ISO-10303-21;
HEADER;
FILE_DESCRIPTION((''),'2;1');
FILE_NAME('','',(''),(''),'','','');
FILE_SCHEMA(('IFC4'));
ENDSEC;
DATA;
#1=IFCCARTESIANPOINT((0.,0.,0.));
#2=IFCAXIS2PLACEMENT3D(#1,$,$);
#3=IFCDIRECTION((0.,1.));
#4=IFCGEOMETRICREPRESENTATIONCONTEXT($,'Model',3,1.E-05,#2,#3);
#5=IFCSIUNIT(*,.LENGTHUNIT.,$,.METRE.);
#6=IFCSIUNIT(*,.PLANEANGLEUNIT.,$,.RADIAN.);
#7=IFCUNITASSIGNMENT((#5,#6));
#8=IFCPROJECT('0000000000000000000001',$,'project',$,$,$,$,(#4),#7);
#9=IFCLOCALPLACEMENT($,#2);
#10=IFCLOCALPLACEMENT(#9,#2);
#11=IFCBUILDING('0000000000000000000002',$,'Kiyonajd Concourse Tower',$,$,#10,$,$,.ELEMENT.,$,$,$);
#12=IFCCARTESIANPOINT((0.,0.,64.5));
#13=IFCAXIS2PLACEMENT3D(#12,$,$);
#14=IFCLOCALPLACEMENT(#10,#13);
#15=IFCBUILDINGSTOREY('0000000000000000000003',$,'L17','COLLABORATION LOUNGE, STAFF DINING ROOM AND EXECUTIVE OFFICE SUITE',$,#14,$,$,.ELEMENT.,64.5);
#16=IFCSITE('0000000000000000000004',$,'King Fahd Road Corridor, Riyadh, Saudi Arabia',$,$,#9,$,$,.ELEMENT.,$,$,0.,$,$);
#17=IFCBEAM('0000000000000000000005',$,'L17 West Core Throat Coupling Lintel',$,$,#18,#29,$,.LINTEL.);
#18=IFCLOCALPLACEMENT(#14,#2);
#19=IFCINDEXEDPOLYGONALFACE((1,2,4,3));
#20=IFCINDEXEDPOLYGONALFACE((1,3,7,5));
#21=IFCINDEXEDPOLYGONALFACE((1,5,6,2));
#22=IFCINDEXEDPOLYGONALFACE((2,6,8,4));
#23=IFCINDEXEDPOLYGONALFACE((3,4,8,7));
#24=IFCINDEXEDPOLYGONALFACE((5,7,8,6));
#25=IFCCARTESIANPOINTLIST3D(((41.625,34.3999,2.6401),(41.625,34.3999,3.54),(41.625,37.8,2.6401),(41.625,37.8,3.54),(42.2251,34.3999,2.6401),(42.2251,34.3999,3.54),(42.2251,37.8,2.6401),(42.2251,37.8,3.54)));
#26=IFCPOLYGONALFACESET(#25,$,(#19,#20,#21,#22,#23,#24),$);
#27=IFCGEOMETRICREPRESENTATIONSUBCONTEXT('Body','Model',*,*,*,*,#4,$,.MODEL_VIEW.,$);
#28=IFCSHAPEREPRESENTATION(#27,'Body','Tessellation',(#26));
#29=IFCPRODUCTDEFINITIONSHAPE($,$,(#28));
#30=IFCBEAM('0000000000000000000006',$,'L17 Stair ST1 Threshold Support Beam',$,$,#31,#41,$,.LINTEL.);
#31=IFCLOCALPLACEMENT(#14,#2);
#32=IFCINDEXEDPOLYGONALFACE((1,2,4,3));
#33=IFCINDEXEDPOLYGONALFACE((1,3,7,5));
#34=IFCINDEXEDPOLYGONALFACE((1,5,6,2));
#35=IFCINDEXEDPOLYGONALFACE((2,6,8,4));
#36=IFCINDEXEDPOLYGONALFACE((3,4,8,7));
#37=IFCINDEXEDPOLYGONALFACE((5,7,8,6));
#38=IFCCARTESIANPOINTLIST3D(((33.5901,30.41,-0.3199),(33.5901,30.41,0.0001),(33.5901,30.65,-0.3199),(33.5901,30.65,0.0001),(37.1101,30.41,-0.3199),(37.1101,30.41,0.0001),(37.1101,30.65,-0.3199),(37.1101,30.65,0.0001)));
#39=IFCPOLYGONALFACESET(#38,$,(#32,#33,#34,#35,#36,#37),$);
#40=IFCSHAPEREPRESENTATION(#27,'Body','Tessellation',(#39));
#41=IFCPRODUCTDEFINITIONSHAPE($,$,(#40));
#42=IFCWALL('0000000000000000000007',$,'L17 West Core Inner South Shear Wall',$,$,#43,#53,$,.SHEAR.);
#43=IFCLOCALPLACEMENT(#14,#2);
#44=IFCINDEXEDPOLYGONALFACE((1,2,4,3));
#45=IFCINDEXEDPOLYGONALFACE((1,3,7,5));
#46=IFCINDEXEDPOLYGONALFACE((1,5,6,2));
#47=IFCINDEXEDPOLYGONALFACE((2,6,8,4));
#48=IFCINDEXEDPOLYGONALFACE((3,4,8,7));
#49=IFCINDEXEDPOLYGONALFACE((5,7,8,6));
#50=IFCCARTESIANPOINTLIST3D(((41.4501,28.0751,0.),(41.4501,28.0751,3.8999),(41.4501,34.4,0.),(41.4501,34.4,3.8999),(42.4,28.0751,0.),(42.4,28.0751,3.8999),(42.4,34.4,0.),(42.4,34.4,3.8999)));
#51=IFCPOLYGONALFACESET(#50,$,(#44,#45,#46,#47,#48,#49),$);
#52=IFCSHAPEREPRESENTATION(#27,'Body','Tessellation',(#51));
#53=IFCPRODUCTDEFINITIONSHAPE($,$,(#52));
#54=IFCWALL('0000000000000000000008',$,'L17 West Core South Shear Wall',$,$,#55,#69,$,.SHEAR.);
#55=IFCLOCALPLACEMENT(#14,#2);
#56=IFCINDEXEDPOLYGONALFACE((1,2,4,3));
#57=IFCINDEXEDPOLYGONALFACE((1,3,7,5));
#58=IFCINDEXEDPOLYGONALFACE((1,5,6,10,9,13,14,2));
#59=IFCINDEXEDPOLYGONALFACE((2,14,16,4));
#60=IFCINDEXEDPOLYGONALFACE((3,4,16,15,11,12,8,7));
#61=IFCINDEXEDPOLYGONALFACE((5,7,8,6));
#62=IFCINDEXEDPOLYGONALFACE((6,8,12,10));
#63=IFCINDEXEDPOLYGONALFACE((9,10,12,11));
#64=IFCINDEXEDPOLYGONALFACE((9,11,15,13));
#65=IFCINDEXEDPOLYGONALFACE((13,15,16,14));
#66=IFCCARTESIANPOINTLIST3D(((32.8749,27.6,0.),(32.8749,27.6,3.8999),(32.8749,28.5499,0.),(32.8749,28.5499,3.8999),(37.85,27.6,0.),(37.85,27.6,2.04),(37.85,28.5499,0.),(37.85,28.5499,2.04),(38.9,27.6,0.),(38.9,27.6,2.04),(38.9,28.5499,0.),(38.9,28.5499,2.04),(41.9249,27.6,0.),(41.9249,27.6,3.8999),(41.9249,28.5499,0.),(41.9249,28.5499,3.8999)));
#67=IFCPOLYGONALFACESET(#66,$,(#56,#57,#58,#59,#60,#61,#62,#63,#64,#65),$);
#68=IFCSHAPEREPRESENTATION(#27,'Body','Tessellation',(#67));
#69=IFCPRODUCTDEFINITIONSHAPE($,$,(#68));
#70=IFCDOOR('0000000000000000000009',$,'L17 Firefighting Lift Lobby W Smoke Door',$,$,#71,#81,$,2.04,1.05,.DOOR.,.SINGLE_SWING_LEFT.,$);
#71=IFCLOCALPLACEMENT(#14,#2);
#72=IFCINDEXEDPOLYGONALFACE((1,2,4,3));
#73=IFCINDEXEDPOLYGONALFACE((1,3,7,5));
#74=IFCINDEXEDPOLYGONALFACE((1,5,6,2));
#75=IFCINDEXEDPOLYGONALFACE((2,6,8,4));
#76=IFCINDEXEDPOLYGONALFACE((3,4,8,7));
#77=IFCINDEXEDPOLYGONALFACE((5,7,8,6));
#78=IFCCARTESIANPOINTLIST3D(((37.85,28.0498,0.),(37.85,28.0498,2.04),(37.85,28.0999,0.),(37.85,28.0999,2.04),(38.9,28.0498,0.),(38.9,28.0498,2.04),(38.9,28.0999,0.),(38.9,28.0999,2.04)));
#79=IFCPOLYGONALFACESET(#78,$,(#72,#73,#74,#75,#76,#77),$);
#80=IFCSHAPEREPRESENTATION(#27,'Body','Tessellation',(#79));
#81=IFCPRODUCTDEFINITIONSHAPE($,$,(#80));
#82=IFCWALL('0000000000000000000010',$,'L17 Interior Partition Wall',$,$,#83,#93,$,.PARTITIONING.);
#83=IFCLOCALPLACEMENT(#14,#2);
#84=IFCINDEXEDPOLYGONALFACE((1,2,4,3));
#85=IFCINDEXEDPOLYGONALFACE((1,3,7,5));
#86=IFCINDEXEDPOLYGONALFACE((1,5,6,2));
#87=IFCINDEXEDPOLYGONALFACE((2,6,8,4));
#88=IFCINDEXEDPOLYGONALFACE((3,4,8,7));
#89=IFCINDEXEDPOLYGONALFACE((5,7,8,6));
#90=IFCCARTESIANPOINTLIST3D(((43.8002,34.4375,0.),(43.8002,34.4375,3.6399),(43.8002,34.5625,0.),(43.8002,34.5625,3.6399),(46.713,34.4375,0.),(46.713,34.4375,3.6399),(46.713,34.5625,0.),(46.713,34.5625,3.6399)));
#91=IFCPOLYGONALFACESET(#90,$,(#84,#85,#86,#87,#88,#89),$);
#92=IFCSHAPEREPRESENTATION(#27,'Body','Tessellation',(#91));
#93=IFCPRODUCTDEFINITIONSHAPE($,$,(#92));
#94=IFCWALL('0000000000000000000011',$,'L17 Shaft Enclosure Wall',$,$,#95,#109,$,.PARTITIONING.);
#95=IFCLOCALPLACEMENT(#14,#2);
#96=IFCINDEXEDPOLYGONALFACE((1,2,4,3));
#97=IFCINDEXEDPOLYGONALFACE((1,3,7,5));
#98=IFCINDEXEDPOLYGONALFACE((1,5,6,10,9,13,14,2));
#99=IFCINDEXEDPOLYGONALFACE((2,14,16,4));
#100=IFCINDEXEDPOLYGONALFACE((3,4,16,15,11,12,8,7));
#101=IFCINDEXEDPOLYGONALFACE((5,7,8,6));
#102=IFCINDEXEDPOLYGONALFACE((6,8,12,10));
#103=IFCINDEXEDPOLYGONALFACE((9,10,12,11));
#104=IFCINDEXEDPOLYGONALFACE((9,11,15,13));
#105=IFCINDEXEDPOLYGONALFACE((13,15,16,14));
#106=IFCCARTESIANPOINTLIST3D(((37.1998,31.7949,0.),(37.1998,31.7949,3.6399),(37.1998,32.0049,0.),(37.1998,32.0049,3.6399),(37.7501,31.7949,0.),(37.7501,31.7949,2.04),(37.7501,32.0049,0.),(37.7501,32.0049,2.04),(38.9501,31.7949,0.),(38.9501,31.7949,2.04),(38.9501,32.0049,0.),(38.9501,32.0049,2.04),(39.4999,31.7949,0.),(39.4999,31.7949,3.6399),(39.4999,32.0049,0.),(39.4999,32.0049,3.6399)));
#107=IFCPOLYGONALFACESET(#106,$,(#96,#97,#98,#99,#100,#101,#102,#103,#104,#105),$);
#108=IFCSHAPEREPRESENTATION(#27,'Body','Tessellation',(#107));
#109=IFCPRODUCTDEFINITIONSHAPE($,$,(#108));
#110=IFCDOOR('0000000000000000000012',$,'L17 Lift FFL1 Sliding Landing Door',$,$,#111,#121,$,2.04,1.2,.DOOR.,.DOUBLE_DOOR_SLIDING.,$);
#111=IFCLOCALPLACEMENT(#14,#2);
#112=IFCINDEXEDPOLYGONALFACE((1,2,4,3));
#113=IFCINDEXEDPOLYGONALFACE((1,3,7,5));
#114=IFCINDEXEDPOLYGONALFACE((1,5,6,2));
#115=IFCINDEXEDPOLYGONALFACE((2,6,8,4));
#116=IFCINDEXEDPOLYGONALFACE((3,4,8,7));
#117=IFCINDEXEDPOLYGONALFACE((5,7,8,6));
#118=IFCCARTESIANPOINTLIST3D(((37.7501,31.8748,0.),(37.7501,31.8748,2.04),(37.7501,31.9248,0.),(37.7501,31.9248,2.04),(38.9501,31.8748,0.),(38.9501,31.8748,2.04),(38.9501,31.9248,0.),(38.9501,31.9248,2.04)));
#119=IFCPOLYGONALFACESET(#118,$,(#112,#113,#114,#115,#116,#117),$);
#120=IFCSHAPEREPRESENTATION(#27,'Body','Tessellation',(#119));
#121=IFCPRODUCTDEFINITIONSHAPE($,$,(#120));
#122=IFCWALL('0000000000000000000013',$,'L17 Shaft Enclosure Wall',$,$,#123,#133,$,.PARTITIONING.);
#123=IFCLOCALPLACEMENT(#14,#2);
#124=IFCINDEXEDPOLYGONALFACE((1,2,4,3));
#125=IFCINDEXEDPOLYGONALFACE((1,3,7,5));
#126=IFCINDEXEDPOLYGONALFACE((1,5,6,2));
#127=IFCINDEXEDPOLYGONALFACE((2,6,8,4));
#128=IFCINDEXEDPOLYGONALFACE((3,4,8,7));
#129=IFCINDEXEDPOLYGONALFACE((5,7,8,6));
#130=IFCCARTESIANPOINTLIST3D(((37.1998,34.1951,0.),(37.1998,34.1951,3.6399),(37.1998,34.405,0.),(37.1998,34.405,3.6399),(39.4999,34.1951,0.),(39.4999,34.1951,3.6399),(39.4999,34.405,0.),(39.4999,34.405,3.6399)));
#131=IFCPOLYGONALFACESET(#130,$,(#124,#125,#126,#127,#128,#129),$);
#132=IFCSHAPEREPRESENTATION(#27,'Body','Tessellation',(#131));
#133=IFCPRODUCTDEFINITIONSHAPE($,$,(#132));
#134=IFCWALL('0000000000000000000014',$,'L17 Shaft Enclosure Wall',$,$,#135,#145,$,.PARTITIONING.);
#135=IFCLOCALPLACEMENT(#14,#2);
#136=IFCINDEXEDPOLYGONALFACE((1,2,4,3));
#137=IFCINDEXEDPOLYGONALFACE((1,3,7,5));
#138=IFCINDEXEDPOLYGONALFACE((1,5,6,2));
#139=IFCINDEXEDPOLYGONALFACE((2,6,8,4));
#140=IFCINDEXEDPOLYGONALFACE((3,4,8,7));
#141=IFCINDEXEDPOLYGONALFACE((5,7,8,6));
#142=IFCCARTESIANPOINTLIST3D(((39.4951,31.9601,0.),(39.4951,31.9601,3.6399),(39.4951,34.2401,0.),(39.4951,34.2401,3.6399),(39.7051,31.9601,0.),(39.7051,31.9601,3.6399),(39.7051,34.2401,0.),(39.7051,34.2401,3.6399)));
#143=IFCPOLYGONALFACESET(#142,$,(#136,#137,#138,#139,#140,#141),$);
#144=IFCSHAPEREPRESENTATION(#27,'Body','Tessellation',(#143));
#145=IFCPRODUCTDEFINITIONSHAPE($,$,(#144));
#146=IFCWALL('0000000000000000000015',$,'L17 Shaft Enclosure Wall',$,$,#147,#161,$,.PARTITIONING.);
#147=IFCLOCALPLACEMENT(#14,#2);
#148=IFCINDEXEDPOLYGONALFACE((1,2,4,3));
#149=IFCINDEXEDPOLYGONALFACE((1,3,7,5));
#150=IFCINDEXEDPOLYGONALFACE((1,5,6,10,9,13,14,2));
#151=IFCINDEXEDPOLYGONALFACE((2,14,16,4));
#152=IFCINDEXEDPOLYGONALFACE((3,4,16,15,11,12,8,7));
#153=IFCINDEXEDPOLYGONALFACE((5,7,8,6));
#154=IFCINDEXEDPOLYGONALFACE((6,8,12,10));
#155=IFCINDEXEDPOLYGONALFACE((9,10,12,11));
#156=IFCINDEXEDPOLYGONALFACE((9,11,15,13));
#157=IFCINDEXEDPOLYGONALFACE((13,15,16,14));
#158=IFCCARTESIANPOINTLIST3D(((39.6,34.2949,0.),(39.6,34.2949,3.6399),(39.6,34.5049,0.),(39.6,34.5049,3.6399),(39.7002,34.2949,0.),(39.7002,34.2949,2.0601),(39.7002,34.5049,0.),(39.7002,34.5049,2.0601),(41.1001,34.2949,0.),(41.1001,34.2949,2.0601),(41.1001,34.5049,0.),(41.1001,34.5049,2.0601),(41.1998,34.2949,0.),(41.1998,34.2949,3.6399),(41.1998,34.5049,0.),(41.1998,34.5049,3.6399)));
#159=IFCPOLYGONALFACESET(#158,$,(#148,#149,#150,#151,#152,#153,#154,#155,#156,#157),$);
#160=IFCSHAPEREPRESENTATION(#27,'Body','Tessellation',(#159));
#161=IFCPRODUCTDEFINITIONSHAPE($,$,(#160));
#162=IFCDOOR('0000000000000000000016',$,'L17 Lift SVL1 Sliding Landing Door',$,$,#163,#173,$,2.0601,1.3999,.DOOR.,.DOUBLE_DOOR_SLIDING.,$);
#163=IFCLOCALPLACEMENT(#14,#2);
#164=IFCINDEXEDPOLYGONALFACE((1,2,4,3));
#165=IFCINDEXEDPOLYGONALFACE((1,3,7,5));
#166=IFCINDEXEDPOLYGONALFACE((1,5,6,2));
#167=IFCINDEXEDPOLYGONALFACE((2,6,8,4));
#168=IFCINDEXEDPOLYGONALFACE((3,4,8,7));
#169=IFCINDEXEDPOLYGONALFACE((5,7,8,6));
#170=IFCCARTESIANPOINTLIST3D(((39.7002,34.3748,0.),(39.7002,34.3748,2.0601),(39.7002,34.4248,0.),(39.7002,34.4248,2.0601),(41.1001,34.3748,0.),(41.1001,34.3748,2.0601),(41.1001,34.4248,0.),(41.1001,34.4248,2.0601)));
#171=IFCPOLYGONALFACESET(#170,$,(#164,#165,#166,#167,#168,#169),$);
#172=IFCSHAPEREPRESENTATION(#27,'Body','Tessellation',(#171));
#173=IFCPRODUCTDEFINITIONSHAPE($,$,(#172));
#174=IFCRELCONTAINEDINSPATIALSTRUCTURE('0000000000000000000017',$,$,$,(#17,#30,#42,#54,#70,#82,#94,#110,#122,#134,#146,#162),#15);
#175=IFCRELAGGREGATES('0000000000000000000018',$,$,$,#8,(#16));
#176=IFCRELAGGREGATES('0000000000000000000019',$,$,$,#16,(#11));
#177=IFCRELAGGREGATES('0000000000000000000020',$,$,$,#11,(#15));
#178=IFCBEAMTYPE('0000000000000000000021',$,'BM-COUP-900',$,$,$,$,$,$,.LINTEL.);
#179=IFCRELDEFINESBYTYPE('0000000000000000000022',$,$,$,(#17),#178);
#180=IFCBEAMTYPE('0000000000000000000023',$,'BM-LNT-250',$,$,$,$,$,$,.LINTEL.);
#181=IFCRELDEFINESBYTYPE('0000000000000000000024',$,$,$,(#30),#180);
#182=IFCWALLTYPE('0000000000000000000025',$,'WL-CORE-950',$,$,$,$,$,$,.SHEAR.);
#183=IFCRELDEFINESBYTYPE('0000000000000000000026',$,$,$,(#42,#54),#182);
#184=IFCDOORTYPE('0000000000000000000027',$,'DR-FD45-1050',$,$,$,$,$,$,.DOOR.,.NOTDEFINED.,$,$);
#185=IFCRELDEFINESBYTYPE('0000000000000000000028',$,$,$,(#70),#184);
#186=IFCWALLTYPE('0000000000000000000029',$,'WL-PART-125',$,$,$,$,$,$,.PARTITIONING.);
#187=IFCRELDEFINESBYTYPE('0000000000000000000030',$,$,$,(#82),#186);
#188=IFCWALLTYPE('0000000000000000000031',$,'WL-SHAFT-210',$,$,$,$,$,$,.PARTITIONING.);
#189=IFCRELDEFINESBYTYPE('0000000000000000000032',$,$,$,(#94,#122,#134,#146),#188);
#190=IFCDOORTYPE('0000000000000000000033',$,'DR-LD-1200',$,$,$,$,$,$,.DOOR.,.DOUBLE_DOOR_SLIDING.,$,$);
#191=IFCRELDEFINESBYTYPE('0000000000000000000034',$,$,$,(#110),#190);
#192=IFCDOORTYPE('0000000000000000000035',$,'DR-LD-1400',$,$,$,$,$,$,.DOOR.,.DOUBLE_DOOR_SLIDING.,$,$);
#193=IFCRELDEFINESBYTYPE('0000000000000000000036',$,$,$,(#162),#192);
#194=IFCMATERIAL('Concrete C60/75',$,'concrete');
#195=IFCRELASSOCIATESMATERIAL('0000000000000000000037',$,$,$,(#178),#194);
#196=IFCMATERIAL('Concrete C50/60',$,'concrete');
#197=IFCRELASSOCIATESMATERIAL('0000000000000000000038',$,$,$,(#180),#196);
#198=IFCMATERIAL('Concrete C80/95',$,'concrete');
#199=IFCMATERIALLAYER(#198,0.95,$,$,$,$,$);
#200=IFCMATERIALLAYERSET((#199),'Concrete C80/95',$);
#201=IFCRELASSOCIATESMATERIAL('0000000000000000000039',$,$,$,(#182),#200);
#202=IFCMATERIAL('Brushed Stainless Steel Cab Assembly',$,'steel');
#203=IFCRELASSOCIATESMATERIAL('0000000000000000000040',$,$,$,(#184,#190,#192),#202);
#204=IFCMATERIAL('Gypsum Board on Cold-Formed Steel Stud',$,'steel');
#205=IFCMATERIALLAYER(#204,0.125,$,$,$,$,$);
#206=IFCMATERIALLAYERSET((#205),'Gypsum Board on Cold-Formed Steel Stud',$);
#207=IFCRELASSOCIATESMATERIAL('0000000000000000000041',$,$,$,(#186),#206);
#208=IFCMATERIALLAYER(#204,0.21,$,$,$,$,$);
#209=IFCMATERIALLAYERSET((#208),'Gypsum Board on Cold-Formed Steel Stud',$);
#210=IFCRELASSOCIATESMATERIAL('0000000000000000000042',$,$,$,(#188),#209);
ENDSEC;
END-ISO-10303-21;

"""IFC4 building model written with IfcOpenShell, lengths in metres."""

from ifc_helpers import new_model, si_unit, direction, frame, frame_2d, origin, origin_2d, place, context, subcontext, project, spatial, rectangle, extrude, material, layer, layer_set, material_profile, profile_set, type_object, element, fill, save


model = new_model("IFC4")

# Units and contexts
model_context = context("Model", 3, precision=1e-05, world=origin(), true_north=direction((0.0, 1.0)))
body_context = subcontext(model_context, "Body", "Model", "MODEL_VIEW")
ifc_project = project(units=[si_unit("LENGTHUNIT", "METRE"), si_unit("PLANEANGLEUNIT", "RADIAN")], contexts=[model_context])

# Site, building, storey
site_placement = place(None, origin())
site = spatial("IfcSite", under=ifc_project, at=site_placement, Name="King Fahd Road Corridor, Riyadh, Saudi Arabia", CompositionType="ELEMENT", RefElevation=0.0)
building_placement = place(site_placement, origin())
building = spatial("IfcBuilding", under=site, at=building_placement, Name="Kiyonajd Concourse Tower", CompositionType="ELEMENT")
storey_placement = place(building_placement, frame((0.0, 0.0, 64.5)))
storey = spatial("IfcBuildingStorey", under=building, at=storey_placement, Name="L17", Description="COLLABORATION LOUNGE, STAFF DINING ROOM AND EXECUTIVE OFFICE SUITE", CompositionType="ELEMENT", Elevation=64.5)

# Beams
ifc_material_1 = material(Name="Concrete C60/75", Category="concrete")
ifc_material_profile_1 = material_profile(ifc_material_1, rectangle(XDim=0.6001, YDim=0.8999, at=origin_2d()), Name="RCBM-600x900")
ifc_profile_set_1 = profile_set([ifc_material_profile_1], Name="Concrete C60/75")
beam_type_1 = type_object("IfcBeamType", Name="BM-COUP-900", PredefinedType="LINTEL", material=ifc_profile_set_1)
beam_1_placement = place(storey_placement, frame((41.925, 34.3999, 3.0901), z_axis=(0.0, 1.0, 0.0), x_axis=(-1.0, 0.0, 0.0)))
element("IfcBeam", 1, at=beam_1_placement, inside=storey, type_object=beam_type_1, Name="L17 West Core Throat Coupling Lintel", PredefinedType="LINTEL", context=body_context, shape_type="SweptSolid", body=[
    extrude(rectangle(XDim=0.6001, YDim=0.8999, at=origin_2d()), origin(), (0.0, 0.0, 1.0), 3.4001),
])
ifc_material_2 = material(Name="Concrete C50/60", Category="concrete")
ifc_material_profile_2 = material_profile(ifc_material_2, rectangle(XDim=0.24, YDim=0.3201, at=origin_2d()), Name="RCBM-240x320")
ifc_profile_set_2 = profile_set([ifc_material_profile_2], Name="Concrete C50/60")
beam_type_2 = type_object("IfcBeamType", Name="BM-LNT-250", PredefinedType="LINTEL", material=ifc_profile_set_2)
beam_2_placement = place(storey_placement, frame((33.5901, 30.53, -0.1599), z_axis=(1.0, 0.0, 0.0), x_axis=(0.0, 1.0, 0.0)))
element("IfcBeam", 2, at=beam_2_placement, inside=storey, type_object=beam_type_2, Name="L17 Stair ST1 Threshold Support Beam", PredefinedType="LINTEL", context=body_context, shape_type="SweptSolid", body=[
    extrude(rectangle(XDim=0.24, YDim=0.3201, at=origin_2d()), origin(), (0.0, 0.0, 1.0), 3.52),
])

# Wall
ifc_material_3 = material(Name="Concrete C80/95", Category="concrete")
ifc_layer_1 = layer(ifc_material_3, 0.95)
ifc_layer_set_1 = layer_set([ifc_layer_1], Name="Concrete C80/95")
wall_type_1 = type_object("IfcWallType", Name="WL-CORE-950", PredefinedType="SHEAR", material=ifc_layer_set_1)
wall_1_placement = place(storey_placement, frame((41.925, 28.075, 0.0), z_axis=(0.0, 0.0, 1.0), x_axis=(0.0, 1.0, 0.0)))
element("IfcWall", 3, at=wall_1_placement, inside=storey, type_object=wall_type_1, Name="L17 West Core Inner South Shear Wall", PredefinedType="SHEAR", context=body_context, shape_type="SweptSolid", body=[
    extrude(rectangle(XDim=6.325, YDim=0.95, at=frame_2d((3.1626, 0.0))), origin(), (0.0, 0.0, 1.0), 3.8999),
])

# Wall, opening, door
wall_2_placement = place(storey_placement, frame((32.875, 28.075, 0.0), z_axis=(0.0, 0.0, 1.0), x_axis=(1.0, 0.0, 0.0)))
wall_2 = element("IfcWall", 4, at=wall_2_placement, inside=storey, type_object=wall_type_1, Name="L17 West Core South Shear Wall", PredefinedType="SHEAR", context=body_context, shape_type="SweptSolid", body=[
    extrude(rectangle(XDim=9.05, YDim=0.95, at=frame_2d((4.5249, 0.0))), origin(), (0.0, 0.0, 1.0), 3.8999),
])
opening_1_placement = place(wall_2_placement, frame((4.9751, 0.0, 0.0)))
opening_1 = element("IfcOpeningElement", 5, at=opening_1_placement, cuts=wall_2, PredefinedType="OPENING", context=body_context, shape_type="SweptSolid", body=[
    extrude(rectangle(XDim=1.05, YDim=2.04, at=frame_2d((0.5249, 1.02))), frame((0.0, 0.4849, 0.0), z_axis=(0.0, -1.0, 0.0), x_axis=(1.0, 0.0, 0.0)), (0.0, 0.0, 1.0), 0.97),
])
ifc_material_4 = material(Name="Brushed Stainless Steel Cab Assembly", Category="steel")
door_type_1 = type_object("IfcDoorType", Name="DR-FD45-1050", OperationType="NOTDEFINED", PredefinedType="DOOR", material=ifc_material_4)
door_1_placement = place(opening_1_placement, origin())
door_1 = element("IfcDoor", 6, at=door_1_placement, inside=storey, type_object=door_type_1, Name="L17 Firefighting Lift Lobby W Smoke Door", OperationType="SINGLE_SWING_LEFT", OverallHeight=2.04, OverallWidth=1.05, PredefinedType="DOOR", context=body_context, shape_type="SweptSolid", body=[
    extrude(rectangle(XDim=1.05, YDim=2.04, at=frame_2d((0.5249, 1.02))), frame((0.0, 0.0249, 0.0), z_axis=(0.0, -1.0, 0.0), x_axis=(1.0, 0.0, 0.0)), (0.0, 0.0, 1.0), 0.05),
])
fill(opening_1, door_1)

# Wall
ifc_material_5 = material(Name="Gypsum Board on Cold-Formed Steel Stud", Category="steel")
ifc_layer_2 = layer(ifc_material_5, 0.125)
ifc_layer_set_2 = layer_set([ifc_layer_2], Name="Gypsum Board on Cold-Formed Steel Stud")
wall_type_2 = type_object("IfcWallType", Name="WL-PART-125", PredefinedType="PARTITIONING", material=ifc_layer_set_2)
wall_3_placement = place(storey_placement, frame((43.8, 34.5, 0.0), z_axis=(0.0, 0.0, 1.0), x_axis=(1.0, 0.0, 0.0)))
element("IfcWall", 7, at=wall_3_placement, inside=storey, type_object=wall_type_2, Name="L17 Interior Partition Wall", PredefinedType="PARTITIONING", context=body_context, shape_type="SweptSolid", body=[
    extrude(rectangle(XDim=2.9128, YDim=0.125, at=frame_2d((1.4565, 0.0))), origin(), (0.0, 0.0, 1.0), 3.6399),
])

# Wall, opening, door
ifc_layer_3 = layer(ifc_material_5, 0.21)
ifc_layer_set_3 = layer_set([ifc_layer_3], Name="Gypsum Board on Cold-Formed Steel Stud")
wall_type_3 = type_object("IfcWallType", Name="WL-SHAFT-210", PredefinedType="PARTITIONING", material=ifc_layer_set_3)
wall_4_placement = place(storey_placement, frame((37.2, 31.8999, 0.0), z_axis=(0.0, 0.0, 1.0), x_axis=(1.0, 0.0, 0.0)))
wall_4 = element("IfcWall", 8, at=wall_4_placement, inside=storey, type_object=wall_type_3, Name="L17 Shaft Enclosure Wall", PredefinedType="PARTITIONING", context=body_context, shape_type="SweptSolid", body=[
    extrude(rectangle(XDim=2.3, YDim=0.21, at=frame_2d((1.1499, 0.0))), origin(), (0.0, 0.0, 1.0), 3.6399),
])
opening_2_placement = place(wall_4_placement, frame((0.55, 0.0, 0.0)))
opening_2 = element("IfcOpeningElement", 9, at=opening_2_placement, cuts=wall_4, PredefinedType="OPENING", context=body_context, shape_type="SweptSolid", body=[
    extrude(rectangle(XDim=1.2, YDim=2.04, at=frame_2d((0.6001, 1.02))), frame((0.0, 0.115, 0.0), z_axis=(0.0, -1.0, 0.0), x_axis=(1.0, 0.0, 0.0)), (0.0, 0.0, 1.0), 0.23),
])
door_type_2 = type_object("IfcDoorType", Name="DR-LD-1200", OperationType="DOUBLE_DOOR_SLIDING", PredefinedType="DOOR", material=ifc_material_4)
door_2_placement = place(opening_2_placement, origin())
door_2 = element("IfcDoor", 10, at=door_2_placement, inside=storey, type_object=door_type_2, Name="L17 Lift FFL1 Sliding Landing Door", OperationType="DOUBLE_DOOR_SLIDING", OverallHeight=2.04, OverallWidth=1.2, PredefinedType="DOOR", context=body_context, shape_type="SweptSolid", body=[
    extrude(rectangle(XDim=1.2, YDim=2.04, at=frame_2d((0.6001, 1.02))), frame((0.0, 0.0249, 0.0), z_axis=(0.0, -1.0, 0.0), x_axis=(1.0, 0.0, 0.0)), (0.0, 0.0, 1.0), 0.05),
])
fill(opening_2, door_2)

# Walls
wall_5_placement = place(storey_placement, frame((37.2, 34.3, 0.0), z_axis=(0.0, 0.0, 1.0), x_axis=(1.0, 0.0, 0.0)))
element("IfcWall", 11, at=wall_5_placement, inside=storey, type_object=wall_type_3, Name="L17 Shaft Enclosure Wall", PredefinedType="PARTITIONING", context=body_context, shape_type="SweptSolid", body=[
    extrude(rectangle(XDim=2.3, YDim=0.21, at=frame_2d((1.1499, 0.0))), origin(), (0.0, 0.0, 1.0), 3.6399),
])
wall_6_placement = place(storey_placement, frame((39.6001, 31.96, 0.0), z_axis=(0.0, 0.0, 1.0), x_axis=(0.0, 1.0, 0.0)))
element("IfcWall", 12, at=wall_6_placement, inside=storey, type_object=wall_type_3, Name="L17 Shaft Enclosure Wall", PredefinedType="PARTITIONING", context=body_context, shape_type="SweptSolid", body=[
    extrude(rectangle(XDim=2.28, YDim=0.21, at=frame_2d((1.1401, 0.0))), origin(), (0.0, 0.0, 1.0), 3.6399),
])

# Wall, opening, door
wall_7_placement = place(storey_placement, frame((39.6001, 34.3999, 0.0), z_axis=(0.0, 0.0, 1.0), x_axis=(1.0, 0.0, 0.0)))
wall_7 = element("IfcWall", 13, at=wall_7_placement, inside=storey, type_object=wall_type_3, Name="L17 Shaft Enclosure Wall", PredefinedType="PARTITIONING", context=body_context, shape_type="SweptSolid", body=[
    extrude(rectangle(XDim=1.5999, YDim=0.21, at=frame_2d((0.7998, 0.0))), origin(), (0.0, 0.0, 1.0), 3.6399),
])
opening_3_placement = place(wall_7_placement, frame((0.1001, 0.0, 0.0)))
opening_3 = element("IfcOpeningElement", 14, at=opening_3_placement, cuts=wall_7, PredefinedType="OPENING", context=body_context, shape_type="SweptSolid", body=[
    extrude(rectangle(XDim=1.3999, YDim=2.0601, at=frame_2d((0.7, 1.03))), frame((0.0, 0.115, 0.0), z_axis=(0.0, -1.0, 0.0), x_axis=(1.0, 0.0, 0.0)), (0.0, 0.0, 1.0), 0.23),
])
door_type_3 = type_object("IfcDoorType", Name="DR-LD-1400", OperationType="DOUBLE_DOOR_SLIDING", PredefinedType="DOOR", material=ifc_material_4)
door_3_placement = place(opening_3_placement, origin())
door_3 = element("IfcDoor", 15, at=door_3_placement, inside=storey, type_object=door_type_3, Name="L17 Lift SVL1 Sliding Landing Door", OperationType="DOUBLE_DOOR_SLIDING", OverallHeight=2.0601, OverallWidth=1.3999, PredefinedType="DOOR", context=body_context, shape_type="SweptSolid", body=[
    extrude(rectangle(XDim=1.3999, YDim=2.0601, at=frame_2d((0.7, 1.03))), frame((0.0, 0.0249, 0.0), z_axis=(0.0, -1.0, 0.0), x_axis=(1.0, 0.0, 0.0)), (0.0, 0.0, 1.0), 0.05),
])
fill(opening_3, door_3)

save(model, "model.ifc")
